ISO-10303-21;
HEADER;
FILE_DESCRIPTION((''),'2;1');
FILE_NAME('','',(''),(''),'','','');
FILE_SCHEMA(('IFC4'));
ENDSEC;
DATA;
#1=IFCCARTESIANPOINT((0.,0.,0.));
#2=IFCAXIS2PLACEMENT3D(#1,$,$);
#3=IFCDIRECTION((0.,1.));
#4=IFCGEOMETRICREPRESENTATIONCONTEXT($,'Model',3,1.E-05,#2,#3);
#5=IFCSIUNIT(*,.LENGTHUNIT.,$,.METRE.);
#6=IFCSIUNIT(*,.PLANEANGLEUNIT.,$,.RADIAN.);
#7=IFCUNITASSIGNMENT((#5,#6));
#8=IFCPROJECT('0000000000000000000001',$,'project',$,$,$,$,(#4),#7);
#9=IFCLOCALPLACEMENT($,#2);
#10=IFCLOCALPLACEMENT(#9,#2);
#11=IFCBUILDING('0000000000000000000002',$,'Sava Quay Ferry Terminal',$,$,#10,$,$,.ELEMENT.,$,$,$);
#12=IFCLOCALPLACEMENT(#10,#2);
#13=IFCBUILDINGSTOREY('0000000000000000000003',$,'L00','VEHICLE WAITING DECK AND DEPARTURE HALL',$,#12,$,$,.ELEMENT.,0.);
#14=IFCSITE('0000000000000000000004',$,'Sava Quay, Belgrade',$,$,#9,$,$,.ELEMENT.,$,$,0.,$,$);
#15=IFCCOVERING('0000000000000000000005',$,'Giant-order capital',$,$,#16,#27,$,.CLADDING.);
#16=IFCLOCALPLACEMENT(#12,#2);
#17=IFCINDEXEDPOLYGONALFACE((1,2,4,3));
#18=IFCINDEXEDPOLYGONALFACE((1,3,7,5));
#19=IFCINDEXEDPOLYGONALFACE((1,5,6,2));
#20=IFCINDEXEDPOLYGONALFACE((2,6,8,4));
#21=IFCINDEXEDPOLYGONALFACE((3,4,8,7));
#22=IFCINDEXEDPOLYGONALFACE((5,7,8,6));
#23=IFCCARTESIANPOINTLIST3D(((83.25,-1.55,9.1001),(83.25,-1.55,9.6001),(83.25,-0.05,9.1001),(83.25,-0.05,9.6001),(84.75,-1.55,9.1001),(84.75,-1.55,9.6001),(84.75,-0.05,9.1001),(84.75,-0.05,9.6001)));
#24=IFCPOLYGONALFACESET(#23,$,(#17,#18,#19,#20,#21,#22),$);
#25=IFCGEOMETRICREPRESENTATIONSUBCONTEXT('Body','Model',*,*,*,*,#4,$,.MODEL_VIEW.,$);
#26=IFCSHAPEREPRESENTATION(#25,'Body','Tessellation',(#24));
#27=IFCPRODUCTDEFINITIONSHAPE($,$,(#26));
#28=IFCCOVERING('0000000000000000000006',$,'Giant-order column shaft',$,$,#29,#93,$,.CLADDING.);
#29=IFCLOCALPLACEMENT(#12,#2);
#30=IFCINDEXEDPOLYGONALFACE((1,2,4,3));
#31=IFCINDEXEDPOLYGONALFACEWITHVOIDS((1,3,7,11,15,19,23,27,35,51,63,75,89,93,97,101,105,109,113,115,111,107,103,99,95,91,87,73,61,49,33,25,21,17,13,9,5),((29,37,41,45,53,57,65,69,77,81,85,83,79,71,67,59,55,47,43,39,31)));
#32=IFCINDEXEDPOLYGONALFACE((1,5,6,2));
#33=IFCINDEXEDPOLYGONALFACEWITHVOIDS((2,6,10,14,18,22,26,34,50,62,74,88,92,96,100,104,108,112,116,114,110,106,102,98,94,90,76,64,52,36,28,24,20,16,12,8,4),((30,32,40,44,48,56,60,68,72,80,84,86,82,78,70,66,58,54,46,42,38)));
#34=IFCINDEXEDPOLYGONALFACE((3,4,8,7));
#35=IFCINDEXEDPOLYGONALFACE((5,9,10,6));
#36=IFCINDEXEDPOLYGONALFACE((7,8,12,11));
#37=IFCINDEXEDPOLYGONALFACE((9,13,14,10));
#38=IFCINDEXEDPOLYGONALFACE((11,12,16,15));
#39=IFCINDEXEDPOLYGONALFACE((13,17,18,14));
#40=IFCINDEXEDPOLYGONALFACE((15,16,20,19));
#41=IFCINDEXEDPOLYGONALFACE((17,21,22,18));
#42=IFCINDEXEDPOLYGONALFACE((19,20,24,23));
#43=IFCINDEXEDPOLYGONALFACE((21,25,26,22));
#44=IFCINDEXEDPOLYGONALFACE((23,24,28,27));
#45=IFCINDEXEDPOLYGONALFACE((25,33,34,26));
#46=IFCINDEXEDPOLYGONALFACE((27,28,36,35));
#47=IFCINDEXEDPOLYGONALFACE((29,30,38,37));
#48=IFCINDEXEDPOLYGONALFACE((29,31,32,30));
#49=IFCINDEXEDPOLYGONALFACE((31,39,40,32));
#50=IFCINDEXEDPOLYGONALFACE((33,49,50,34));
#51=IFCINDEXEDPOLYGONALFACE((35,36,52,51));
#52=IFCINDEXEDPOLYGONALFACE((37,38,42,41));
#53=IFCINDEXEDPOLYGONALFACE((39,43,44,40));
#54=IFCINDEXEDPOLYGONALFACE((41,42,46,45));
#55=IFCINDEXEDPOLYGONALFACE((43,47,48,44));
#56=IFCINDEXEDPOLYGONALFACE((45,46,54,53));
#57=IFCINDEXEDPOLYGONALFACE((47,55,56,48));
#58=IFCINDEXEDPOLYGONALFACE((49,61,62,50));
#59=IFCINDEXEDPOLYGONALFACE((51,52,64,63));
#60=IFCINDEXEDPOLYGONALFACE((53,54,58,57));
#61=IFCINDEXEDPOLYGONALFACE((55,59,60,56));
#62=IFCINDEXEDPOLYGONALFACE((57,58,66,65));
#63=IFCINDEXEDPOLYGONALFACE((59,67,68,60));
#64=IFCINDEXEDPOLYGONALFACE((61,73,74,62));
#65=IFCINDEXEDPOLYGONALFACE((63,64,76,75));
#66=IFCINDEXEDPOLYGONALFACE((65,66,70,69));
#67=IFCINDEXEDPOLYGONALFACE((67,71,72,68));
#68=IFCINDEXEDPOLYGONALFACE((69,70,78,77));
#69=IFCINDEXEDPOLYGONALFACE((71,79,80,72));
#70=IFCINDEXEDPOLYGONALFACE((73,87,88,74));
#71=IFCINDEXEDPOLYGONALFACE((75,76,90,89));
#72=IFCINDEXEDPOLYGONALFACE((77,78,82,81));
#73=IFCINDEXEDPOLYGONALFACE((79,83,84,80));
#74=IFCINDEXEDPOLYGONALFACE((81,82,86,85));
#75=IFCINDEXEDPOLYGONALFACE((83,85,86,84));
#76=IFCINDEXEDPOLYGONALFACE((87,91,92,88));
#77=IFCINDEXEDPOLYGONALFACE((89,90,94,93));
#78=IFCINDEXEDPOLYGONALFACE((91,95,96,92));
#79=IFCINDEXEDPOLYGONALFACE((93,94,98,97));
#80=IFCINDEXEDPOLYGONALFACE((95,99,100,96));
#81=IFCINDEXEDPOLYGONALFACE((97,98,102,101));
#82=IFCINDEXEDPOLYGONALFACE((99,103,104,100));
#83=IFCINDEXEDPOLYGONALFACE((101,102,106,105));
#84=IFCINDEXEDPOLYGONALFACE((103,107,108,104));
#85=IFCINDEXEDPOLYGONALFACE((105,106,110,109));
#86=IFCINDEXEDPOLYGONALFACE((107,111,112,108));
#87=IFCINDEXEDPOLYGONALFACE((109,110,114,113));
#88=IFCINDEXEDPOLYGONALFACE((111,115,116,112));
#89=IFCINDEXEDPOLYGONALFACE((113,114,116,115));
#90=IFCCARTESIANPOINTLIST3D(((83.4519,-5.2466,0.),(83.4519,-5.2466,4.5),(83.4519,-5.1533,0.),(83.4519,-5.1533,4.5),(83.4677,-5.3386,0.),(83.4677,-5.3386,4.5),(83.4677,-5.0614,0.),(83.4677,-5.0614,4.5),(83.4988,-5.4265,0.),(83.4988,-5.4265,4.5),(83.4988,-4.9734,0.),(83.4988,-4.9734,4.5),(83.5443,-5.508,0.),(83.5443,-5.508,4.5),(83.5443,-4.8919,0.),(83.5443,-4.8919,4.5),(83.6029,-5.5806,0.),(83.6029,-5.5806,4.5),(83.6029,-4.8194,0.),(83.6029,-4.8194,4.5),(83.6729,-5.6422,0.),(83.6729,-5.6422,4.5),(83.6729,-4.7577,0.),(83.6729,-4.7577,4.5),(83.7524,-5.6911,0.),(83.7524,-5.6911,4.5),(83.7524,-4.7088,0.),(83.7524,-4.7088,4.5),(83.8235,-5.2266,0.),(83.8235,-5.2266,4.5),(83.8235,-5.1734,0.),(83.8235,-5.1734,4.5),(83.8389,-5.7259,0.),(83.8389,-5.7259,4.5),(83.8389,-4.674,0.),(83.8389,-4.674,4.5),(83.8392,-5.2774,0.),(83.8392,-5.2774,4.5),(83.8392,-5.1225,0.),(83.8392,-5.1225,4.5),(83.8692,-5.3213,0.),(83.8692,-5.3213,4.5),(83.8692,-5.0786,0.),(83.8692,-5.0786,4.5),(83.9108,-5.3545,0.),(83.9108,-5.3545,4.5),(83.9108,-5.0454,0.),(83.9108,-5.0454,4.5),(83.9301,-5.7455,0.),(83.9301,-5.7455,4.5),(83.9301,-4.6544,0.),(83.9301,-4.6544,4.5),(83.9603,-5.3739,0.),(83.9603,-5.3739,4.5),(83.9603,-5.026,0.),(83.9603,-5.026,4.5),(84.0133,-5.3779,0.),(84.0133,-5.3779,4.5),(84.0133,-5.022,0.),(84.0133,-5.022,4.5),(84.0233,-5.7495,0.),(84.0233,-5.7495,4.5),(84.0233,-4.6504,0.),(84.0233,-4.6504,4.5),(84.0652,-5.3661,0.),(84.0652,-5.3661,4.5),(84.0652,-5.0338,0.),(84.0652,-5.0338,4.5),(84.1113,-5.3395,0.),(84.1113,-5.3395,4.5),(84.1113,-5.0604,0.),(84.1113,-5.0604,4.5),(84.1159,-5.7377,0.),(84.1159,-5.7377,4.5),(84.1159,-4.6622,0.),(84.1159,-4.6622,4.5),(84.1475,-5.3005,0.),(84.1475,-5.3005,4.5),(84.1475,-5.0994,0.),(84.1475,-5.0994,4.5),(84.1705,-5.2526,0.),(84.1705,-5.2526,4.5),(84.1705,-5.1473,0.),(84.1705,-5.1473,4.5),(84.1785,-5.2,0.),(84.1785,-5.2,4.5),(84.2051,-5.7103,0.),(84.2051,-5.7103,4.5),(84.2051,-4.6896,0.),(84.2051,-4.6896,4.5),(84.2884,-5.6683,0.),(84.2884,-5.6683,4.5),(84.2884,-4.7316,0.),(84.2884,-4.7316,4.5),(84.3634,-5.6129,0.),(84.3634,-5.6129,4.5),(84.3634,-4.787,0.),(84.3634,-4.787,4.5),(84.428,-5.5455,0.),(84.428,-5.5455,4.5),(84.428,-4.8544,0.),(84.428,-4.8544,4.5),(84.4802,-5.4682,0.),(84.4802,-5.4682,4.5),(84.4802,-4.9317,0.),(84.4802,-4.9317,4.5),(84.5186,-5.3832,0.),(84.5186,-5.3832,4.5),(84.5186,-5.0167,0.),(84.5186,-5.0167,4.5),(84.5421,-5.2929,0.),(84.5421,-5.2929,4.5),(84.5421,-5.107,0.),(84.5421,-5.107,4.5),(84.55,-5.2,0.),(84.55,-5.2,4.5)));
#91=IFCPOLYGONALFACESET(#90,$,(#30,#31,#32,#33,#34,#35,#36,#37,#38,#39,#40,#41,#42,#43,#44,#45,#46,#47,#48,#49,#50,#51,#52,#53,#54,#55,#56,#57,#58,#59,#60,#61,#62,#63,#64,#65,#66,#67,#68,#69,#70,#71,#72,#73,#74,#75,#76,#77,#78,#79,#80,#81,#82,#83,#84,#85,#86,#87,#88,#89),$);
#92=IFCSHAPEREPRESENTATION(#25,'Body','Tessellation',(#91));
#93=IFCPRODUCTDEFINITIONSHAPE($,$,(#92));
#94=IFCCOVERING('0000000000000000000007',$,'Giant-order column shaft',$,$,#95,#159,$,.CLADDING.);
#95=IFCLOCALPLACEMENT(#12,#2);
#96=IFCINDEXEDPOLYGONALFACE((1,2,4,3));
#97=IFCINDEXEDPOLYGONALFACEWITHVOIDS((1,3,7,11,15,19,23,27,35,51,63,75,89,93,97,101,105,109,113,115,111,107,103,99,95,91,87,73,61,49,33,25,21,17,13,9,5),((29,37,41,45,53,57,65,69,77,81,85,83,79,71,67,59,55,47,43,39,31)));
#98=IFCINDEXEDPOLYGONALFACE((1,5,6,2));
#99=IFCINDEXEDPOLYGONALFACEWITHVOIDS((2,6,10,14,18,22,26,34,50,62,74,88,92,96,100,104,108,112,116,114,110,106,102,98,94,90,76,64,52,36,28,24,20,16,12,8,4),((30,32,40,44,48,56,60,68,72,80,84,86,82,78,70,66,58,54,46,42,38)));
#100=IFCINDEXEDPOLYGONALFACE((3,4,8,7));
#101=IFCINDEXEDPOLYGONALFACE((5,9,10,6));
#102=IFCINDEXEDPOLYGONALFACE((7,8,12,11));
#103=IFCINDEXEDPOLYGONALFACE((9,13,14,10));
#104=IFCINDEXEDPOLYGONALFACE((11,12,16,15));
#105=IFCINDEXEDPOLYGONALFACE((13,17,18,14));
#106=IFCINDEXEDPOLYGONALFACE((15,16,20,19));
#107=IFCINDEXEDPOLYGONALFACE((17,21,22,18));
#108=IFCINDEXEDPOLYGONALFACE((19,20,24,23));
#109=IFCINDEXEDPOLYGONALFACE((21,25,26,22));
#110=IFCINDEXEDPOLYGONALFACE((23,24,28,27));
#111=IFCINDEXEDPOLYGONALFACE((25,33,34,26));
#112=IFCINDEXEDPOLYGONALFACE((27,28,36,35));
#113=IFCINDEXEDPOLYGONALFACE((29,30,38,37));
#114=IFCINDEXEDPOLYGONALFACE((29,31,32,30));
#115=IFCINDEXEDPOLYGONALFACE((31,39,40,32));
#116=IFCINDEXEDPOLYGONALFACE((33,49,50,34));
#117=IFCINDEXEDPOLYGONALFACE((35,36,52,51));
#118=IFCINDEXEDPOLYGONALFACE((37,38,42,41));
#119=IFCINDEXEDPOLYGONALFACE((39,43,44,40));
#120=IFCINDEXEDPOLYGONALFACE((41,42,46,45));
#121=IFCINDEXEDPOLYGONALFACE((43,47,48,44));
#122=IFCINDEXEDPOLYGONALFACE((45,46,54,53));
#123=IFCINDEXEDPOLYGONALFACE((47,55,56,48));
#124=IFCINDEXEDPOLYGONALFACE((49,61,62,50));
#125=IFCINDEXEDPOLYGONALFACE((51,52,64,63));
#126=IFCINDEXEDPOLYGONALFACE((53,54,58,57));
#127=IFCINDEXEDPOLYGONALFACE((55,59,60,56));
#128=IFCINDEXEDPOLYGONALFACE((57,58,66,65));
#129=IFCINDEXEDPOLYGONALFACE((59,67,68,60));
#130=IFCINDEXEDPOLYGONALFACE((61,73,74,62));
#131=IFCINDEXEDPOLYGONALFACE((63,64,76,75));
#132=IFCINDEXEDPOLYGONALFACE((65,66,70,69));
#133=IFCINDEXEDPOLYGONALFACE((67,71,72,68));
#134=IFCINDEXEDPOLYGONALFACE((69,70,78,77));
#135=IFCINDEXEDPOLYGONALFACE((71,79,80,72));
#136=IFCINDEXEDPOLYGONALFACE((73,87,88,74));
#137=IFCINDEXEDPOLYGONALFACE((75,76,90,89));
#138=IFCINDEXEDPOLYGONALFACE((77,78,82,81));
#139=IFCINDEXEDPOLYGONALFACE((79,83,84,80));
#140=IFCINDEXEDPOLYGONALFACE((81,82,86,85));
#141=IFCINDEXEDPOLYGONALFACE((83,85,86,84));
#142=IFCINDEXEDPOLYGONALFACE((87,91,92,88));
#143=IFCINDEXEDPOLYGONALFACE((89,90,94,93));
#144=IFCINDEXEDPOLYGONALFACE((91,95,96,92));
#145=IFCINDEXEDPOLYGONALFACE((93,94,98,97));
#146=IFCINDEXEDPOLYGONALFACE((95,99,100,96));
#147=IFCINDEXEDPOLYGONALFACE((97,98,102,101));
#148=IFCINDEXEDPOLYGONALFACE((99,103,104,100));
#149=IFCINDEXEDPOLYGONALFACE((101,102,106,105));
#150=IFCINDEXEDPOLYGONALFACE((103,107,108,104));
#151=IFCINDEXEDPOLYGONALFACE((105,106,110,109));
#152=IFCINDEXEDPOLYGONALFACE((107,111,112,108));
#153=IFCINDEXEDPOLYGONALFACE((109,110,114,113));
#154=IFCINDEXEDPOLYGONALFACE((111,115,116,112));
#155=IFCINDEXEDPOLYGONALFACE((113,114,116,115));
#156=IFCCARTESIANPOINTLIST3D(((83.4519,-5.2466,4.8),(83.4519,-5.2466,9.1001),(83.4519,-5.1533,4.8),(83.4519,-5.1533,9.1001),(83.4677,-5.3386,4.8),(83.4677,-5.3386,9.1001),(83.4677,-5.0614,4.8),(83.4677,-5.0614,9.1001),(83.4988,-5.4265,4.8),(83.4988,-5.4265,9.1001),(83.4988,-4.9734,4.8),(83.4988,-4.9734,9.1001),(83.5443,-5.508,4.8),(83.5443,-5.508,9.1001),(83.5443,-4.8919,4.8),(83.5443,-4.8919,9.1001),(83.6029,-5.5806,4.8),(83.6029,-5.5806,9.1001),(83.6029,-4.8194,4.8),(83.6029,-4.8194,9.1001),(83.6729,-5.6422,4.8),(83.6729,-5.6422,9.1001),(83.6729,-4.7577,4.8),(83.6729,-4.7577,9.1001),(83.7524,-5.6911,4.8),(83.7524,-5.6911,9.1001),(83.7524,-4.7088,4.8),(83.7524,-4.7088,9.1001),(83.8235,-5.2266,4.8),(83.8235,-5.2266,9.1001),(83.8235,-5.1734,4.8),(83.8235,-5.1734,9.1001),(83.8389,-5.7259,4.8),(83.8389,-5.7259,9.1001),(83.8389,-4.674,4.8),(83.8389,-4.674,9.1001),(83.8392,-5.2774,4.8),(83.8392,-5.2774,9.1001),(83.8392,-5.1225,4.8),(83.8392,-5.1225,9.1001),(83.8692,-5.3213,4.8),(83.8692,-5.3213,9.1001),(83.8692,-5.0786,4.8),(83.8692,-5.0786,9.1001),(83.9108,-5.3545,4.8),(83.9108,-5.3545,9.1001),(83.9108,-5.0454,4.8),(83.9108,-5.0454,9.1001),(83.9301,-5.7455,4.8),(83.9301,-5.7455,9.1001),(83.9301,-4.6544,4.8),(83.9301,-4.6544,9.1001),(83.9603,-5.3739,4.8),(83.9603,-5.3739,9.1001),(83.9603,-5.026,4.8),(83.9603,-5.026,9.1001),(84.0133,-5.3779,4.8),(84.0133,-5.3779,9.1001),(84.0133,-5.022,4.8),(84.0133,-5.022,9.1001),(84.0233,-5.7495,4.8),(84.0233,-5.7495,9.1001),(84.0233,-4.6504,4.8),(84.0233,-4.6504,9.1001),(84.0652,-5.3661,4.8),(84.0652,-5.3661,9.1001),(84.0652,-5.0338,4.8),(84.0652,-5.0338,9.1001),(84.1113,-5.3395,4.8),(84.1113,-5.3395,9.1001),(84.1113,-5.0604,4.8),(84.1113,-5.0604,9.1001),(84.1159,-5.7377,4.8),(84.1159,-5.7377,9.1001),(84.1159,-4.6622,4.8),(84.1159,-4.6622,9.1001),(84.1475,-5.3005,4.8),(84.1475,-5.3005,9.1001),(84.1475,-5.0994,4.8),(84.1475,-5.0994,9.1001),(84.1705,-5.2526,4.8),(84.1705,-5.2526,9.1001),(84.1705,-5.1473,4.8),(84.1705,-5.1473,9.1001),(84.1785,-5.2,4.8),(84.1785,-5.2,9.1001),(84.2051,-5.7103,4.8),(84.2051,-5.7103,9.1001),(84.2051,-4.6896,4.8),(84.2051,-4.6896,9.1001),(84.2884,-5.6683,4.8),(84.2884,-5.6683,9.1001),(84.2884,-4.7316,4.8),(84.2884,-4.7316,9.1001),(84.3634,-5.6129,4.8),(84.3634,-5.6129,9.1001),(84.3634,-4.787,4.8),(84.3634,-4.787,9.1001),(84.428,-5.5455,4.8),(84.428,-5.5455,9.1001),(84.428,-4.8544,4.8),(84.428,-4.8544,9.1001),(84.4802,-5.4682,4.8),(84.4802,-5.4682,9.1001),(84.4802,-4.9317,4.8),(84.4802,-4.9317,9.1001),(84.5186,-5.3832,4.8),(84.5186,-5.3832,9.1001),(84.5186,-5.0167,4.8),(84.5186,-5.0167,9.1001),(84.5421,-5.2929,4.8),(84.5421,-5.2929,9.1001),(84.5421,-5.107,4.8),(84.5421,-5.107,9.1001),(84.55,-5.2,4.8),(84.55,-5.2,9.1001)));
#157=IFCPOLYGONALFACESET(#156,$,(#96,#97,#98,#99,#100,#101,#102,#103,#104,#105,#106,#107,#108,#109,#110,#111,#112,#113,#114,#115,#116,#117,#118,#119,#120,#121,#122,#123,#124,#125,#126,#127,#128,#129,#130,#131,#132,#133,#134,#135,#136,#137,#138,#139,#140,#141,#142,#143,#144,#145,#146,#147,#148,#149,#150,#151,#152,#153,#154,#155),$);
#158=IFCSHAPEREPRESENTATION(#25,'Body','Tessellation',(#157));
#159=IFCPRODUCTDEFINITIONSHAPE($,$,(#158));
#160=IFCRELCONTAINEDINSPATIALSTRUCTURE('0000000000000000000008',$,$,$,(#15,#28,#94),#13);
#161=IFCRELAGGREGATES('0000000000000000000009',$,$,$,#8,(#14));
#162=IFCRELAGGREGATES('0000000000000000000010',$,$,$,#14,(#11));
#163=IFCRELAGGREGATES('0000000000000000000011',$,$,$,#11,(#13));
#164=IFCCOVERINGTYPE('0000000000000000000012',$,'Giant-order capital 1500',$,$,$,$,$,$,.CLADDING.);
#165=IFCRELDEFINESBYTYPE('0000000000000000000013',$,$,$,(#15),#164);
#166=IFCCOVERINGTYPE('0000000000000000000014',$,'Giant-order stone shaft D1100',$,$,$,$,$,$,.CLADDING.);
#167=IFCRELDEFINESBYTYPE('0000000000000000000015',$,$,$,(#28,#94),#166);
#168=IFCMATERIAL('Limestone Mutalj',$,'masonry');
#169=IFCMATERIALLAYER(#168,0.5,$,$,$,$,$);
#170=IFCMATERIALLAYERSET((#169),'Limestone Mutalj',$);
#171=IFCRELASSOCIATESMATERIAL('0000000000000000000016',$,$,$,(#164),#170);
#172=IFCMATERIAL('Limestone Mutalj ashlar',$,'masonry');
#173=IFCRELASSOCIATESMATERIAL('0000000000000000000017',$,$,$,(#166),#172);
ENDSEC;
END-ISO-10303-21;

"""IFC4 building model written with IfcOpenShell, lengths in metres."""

from ifc_helpers import new_model, si_unit, direction, frame, origin, origin_2d, place, context, subcontext, project, spatial, rectangle, hollow_circle, extrude, material, layer, layer_set, material_profile, profile_set, type_object, element, save


model = new_model("IFC4")

# Units and contexts
model_context = context("Model", 3, precision=1e-05, world=origin(), true_north=direction((0.0, 1.0)))
body_context = subcontext(model_context, "Body", "Model", "MODEL_VIEW")
ifc_project = project(units=[si_unit("LENGTHUNIT", "METRE"), si_unit("PLANEANGLEUNIT", "RADIAN")], contexts=[model_context])

# Site, building, storey
site_placement = place(None, origin())
site = spatial("IfcSite", under=ifc_project, at=site_placement, Name="Sava Quay, Belgrade", CompositionType="ELEMENT", RefElevation=0.0)
building_placement = place(site_placement, origin())
building = spatial("IfcBuilding", under=site, at=building_placement, Name="Sava Quay Ferry Terminal", CompositionType="ELEMENT")
storey_placement = place(building_placement, origin())
storey = spatial("IfcBuildingStorey", under=building, at=storey_placement, Name="L00", Description="VEHICLE WAITING DECK AND DEPARTURE HALL", CompositionType="ELEMENT", Elevation=0.0)

# Coverings
ifc_material_1 = material(Name="Limestone Mutalj", Category="masonry")
ifc_layer_1 = layer(ifc_material_1, 0.5)
ifc_layer_set_1 = layer_set([ifc_layer_1], Name="Limestone Mutalj")
covering_type_1 = type_object("IfcCoveringType", Name="Giant-order capital 1500", PredefinedType="CLADDING", material=ifc_layer_set_1)
for number, where, z_axis, x_axis, name in (
    (1, (84.0, -0.8, 9.1001), (0.0, 0.0, 1.0), (1.0, 0.0, 0.0), "Giant-order capital"),
):
    element("IfcCovering", number, at=place(storey_placement, frame(where, z_axis=z_axis, x_axis=x_axis)), inside=storey, type_object=covering_type_1, Name=name, PredefinedType="CLADDING", context=body_context, shape_type="SweptSolid", body=[
        extrude(rectangle(XDim=1.5, YDim=1.5, at=origin_2d()), origin(), (0.0, 0.0, 1.0), 0.5),
    ])
ifc_material_2 = material(Name="Limestone Mutalj ashlar", Category="masonry")
ifc_material_profile_1 = material_profile(ifc_material_2, hollow_circle(Radius=0.55, WallThickness=0.3716, at=origin_2d()), Name="Stone shaft D1100")
ifc_profile_set_1 = profile_set([ifc_material_profile_1], Name="Limestone Mutalj ashlar")
covering_type_2 = type_object("IfcCoveringType", Name="Giant-order stone shaft D1100", PredefinedType="CLADDING", material=ifc_profile_set_1)
covering_1_placement = place(storey_placement, frame((84.0, -5.2, 0.0), z_axis=(0.0, 0.0, 1.0), x_axis=(1.0, 0.0, 0.0)))
element("IfcCovering", 2, at=covering_1_placement, inside=storey, type_object=covering_type_2, Name="Giant-order column shaft", PredefinedType="CLADDING", context=body_context, shape_type="SweptSolid", body=[
    extrude(hollow_circle(Radius=0.55, WallThickness=0.3716, at=origin_2d()), origin(), (0.0, 0.0, 1.0), 4.5),
])
covering_2_placement = place(storey_placement, frame((84.0, -5.2, 4.8), z_axis=(0.0, 0.0, 1.0), x_axis=(1.0, 0.0, 0.0)))
element("IfcCovering", 3, at=covering_2_placement, inside=storey, type_object=covering_type_2, Name="Giant-order column shaft", PredefinedType="CLADDING", context=body_context, shape_type="SweptSolid", body=[
    extrude(hollow_circle(Radius=0.55, WallThickness=0.3716, at=origin_2d()), origin(), (0.0, 0.0, 1.0), 4.3),
])

save(model, "model.ifc")
